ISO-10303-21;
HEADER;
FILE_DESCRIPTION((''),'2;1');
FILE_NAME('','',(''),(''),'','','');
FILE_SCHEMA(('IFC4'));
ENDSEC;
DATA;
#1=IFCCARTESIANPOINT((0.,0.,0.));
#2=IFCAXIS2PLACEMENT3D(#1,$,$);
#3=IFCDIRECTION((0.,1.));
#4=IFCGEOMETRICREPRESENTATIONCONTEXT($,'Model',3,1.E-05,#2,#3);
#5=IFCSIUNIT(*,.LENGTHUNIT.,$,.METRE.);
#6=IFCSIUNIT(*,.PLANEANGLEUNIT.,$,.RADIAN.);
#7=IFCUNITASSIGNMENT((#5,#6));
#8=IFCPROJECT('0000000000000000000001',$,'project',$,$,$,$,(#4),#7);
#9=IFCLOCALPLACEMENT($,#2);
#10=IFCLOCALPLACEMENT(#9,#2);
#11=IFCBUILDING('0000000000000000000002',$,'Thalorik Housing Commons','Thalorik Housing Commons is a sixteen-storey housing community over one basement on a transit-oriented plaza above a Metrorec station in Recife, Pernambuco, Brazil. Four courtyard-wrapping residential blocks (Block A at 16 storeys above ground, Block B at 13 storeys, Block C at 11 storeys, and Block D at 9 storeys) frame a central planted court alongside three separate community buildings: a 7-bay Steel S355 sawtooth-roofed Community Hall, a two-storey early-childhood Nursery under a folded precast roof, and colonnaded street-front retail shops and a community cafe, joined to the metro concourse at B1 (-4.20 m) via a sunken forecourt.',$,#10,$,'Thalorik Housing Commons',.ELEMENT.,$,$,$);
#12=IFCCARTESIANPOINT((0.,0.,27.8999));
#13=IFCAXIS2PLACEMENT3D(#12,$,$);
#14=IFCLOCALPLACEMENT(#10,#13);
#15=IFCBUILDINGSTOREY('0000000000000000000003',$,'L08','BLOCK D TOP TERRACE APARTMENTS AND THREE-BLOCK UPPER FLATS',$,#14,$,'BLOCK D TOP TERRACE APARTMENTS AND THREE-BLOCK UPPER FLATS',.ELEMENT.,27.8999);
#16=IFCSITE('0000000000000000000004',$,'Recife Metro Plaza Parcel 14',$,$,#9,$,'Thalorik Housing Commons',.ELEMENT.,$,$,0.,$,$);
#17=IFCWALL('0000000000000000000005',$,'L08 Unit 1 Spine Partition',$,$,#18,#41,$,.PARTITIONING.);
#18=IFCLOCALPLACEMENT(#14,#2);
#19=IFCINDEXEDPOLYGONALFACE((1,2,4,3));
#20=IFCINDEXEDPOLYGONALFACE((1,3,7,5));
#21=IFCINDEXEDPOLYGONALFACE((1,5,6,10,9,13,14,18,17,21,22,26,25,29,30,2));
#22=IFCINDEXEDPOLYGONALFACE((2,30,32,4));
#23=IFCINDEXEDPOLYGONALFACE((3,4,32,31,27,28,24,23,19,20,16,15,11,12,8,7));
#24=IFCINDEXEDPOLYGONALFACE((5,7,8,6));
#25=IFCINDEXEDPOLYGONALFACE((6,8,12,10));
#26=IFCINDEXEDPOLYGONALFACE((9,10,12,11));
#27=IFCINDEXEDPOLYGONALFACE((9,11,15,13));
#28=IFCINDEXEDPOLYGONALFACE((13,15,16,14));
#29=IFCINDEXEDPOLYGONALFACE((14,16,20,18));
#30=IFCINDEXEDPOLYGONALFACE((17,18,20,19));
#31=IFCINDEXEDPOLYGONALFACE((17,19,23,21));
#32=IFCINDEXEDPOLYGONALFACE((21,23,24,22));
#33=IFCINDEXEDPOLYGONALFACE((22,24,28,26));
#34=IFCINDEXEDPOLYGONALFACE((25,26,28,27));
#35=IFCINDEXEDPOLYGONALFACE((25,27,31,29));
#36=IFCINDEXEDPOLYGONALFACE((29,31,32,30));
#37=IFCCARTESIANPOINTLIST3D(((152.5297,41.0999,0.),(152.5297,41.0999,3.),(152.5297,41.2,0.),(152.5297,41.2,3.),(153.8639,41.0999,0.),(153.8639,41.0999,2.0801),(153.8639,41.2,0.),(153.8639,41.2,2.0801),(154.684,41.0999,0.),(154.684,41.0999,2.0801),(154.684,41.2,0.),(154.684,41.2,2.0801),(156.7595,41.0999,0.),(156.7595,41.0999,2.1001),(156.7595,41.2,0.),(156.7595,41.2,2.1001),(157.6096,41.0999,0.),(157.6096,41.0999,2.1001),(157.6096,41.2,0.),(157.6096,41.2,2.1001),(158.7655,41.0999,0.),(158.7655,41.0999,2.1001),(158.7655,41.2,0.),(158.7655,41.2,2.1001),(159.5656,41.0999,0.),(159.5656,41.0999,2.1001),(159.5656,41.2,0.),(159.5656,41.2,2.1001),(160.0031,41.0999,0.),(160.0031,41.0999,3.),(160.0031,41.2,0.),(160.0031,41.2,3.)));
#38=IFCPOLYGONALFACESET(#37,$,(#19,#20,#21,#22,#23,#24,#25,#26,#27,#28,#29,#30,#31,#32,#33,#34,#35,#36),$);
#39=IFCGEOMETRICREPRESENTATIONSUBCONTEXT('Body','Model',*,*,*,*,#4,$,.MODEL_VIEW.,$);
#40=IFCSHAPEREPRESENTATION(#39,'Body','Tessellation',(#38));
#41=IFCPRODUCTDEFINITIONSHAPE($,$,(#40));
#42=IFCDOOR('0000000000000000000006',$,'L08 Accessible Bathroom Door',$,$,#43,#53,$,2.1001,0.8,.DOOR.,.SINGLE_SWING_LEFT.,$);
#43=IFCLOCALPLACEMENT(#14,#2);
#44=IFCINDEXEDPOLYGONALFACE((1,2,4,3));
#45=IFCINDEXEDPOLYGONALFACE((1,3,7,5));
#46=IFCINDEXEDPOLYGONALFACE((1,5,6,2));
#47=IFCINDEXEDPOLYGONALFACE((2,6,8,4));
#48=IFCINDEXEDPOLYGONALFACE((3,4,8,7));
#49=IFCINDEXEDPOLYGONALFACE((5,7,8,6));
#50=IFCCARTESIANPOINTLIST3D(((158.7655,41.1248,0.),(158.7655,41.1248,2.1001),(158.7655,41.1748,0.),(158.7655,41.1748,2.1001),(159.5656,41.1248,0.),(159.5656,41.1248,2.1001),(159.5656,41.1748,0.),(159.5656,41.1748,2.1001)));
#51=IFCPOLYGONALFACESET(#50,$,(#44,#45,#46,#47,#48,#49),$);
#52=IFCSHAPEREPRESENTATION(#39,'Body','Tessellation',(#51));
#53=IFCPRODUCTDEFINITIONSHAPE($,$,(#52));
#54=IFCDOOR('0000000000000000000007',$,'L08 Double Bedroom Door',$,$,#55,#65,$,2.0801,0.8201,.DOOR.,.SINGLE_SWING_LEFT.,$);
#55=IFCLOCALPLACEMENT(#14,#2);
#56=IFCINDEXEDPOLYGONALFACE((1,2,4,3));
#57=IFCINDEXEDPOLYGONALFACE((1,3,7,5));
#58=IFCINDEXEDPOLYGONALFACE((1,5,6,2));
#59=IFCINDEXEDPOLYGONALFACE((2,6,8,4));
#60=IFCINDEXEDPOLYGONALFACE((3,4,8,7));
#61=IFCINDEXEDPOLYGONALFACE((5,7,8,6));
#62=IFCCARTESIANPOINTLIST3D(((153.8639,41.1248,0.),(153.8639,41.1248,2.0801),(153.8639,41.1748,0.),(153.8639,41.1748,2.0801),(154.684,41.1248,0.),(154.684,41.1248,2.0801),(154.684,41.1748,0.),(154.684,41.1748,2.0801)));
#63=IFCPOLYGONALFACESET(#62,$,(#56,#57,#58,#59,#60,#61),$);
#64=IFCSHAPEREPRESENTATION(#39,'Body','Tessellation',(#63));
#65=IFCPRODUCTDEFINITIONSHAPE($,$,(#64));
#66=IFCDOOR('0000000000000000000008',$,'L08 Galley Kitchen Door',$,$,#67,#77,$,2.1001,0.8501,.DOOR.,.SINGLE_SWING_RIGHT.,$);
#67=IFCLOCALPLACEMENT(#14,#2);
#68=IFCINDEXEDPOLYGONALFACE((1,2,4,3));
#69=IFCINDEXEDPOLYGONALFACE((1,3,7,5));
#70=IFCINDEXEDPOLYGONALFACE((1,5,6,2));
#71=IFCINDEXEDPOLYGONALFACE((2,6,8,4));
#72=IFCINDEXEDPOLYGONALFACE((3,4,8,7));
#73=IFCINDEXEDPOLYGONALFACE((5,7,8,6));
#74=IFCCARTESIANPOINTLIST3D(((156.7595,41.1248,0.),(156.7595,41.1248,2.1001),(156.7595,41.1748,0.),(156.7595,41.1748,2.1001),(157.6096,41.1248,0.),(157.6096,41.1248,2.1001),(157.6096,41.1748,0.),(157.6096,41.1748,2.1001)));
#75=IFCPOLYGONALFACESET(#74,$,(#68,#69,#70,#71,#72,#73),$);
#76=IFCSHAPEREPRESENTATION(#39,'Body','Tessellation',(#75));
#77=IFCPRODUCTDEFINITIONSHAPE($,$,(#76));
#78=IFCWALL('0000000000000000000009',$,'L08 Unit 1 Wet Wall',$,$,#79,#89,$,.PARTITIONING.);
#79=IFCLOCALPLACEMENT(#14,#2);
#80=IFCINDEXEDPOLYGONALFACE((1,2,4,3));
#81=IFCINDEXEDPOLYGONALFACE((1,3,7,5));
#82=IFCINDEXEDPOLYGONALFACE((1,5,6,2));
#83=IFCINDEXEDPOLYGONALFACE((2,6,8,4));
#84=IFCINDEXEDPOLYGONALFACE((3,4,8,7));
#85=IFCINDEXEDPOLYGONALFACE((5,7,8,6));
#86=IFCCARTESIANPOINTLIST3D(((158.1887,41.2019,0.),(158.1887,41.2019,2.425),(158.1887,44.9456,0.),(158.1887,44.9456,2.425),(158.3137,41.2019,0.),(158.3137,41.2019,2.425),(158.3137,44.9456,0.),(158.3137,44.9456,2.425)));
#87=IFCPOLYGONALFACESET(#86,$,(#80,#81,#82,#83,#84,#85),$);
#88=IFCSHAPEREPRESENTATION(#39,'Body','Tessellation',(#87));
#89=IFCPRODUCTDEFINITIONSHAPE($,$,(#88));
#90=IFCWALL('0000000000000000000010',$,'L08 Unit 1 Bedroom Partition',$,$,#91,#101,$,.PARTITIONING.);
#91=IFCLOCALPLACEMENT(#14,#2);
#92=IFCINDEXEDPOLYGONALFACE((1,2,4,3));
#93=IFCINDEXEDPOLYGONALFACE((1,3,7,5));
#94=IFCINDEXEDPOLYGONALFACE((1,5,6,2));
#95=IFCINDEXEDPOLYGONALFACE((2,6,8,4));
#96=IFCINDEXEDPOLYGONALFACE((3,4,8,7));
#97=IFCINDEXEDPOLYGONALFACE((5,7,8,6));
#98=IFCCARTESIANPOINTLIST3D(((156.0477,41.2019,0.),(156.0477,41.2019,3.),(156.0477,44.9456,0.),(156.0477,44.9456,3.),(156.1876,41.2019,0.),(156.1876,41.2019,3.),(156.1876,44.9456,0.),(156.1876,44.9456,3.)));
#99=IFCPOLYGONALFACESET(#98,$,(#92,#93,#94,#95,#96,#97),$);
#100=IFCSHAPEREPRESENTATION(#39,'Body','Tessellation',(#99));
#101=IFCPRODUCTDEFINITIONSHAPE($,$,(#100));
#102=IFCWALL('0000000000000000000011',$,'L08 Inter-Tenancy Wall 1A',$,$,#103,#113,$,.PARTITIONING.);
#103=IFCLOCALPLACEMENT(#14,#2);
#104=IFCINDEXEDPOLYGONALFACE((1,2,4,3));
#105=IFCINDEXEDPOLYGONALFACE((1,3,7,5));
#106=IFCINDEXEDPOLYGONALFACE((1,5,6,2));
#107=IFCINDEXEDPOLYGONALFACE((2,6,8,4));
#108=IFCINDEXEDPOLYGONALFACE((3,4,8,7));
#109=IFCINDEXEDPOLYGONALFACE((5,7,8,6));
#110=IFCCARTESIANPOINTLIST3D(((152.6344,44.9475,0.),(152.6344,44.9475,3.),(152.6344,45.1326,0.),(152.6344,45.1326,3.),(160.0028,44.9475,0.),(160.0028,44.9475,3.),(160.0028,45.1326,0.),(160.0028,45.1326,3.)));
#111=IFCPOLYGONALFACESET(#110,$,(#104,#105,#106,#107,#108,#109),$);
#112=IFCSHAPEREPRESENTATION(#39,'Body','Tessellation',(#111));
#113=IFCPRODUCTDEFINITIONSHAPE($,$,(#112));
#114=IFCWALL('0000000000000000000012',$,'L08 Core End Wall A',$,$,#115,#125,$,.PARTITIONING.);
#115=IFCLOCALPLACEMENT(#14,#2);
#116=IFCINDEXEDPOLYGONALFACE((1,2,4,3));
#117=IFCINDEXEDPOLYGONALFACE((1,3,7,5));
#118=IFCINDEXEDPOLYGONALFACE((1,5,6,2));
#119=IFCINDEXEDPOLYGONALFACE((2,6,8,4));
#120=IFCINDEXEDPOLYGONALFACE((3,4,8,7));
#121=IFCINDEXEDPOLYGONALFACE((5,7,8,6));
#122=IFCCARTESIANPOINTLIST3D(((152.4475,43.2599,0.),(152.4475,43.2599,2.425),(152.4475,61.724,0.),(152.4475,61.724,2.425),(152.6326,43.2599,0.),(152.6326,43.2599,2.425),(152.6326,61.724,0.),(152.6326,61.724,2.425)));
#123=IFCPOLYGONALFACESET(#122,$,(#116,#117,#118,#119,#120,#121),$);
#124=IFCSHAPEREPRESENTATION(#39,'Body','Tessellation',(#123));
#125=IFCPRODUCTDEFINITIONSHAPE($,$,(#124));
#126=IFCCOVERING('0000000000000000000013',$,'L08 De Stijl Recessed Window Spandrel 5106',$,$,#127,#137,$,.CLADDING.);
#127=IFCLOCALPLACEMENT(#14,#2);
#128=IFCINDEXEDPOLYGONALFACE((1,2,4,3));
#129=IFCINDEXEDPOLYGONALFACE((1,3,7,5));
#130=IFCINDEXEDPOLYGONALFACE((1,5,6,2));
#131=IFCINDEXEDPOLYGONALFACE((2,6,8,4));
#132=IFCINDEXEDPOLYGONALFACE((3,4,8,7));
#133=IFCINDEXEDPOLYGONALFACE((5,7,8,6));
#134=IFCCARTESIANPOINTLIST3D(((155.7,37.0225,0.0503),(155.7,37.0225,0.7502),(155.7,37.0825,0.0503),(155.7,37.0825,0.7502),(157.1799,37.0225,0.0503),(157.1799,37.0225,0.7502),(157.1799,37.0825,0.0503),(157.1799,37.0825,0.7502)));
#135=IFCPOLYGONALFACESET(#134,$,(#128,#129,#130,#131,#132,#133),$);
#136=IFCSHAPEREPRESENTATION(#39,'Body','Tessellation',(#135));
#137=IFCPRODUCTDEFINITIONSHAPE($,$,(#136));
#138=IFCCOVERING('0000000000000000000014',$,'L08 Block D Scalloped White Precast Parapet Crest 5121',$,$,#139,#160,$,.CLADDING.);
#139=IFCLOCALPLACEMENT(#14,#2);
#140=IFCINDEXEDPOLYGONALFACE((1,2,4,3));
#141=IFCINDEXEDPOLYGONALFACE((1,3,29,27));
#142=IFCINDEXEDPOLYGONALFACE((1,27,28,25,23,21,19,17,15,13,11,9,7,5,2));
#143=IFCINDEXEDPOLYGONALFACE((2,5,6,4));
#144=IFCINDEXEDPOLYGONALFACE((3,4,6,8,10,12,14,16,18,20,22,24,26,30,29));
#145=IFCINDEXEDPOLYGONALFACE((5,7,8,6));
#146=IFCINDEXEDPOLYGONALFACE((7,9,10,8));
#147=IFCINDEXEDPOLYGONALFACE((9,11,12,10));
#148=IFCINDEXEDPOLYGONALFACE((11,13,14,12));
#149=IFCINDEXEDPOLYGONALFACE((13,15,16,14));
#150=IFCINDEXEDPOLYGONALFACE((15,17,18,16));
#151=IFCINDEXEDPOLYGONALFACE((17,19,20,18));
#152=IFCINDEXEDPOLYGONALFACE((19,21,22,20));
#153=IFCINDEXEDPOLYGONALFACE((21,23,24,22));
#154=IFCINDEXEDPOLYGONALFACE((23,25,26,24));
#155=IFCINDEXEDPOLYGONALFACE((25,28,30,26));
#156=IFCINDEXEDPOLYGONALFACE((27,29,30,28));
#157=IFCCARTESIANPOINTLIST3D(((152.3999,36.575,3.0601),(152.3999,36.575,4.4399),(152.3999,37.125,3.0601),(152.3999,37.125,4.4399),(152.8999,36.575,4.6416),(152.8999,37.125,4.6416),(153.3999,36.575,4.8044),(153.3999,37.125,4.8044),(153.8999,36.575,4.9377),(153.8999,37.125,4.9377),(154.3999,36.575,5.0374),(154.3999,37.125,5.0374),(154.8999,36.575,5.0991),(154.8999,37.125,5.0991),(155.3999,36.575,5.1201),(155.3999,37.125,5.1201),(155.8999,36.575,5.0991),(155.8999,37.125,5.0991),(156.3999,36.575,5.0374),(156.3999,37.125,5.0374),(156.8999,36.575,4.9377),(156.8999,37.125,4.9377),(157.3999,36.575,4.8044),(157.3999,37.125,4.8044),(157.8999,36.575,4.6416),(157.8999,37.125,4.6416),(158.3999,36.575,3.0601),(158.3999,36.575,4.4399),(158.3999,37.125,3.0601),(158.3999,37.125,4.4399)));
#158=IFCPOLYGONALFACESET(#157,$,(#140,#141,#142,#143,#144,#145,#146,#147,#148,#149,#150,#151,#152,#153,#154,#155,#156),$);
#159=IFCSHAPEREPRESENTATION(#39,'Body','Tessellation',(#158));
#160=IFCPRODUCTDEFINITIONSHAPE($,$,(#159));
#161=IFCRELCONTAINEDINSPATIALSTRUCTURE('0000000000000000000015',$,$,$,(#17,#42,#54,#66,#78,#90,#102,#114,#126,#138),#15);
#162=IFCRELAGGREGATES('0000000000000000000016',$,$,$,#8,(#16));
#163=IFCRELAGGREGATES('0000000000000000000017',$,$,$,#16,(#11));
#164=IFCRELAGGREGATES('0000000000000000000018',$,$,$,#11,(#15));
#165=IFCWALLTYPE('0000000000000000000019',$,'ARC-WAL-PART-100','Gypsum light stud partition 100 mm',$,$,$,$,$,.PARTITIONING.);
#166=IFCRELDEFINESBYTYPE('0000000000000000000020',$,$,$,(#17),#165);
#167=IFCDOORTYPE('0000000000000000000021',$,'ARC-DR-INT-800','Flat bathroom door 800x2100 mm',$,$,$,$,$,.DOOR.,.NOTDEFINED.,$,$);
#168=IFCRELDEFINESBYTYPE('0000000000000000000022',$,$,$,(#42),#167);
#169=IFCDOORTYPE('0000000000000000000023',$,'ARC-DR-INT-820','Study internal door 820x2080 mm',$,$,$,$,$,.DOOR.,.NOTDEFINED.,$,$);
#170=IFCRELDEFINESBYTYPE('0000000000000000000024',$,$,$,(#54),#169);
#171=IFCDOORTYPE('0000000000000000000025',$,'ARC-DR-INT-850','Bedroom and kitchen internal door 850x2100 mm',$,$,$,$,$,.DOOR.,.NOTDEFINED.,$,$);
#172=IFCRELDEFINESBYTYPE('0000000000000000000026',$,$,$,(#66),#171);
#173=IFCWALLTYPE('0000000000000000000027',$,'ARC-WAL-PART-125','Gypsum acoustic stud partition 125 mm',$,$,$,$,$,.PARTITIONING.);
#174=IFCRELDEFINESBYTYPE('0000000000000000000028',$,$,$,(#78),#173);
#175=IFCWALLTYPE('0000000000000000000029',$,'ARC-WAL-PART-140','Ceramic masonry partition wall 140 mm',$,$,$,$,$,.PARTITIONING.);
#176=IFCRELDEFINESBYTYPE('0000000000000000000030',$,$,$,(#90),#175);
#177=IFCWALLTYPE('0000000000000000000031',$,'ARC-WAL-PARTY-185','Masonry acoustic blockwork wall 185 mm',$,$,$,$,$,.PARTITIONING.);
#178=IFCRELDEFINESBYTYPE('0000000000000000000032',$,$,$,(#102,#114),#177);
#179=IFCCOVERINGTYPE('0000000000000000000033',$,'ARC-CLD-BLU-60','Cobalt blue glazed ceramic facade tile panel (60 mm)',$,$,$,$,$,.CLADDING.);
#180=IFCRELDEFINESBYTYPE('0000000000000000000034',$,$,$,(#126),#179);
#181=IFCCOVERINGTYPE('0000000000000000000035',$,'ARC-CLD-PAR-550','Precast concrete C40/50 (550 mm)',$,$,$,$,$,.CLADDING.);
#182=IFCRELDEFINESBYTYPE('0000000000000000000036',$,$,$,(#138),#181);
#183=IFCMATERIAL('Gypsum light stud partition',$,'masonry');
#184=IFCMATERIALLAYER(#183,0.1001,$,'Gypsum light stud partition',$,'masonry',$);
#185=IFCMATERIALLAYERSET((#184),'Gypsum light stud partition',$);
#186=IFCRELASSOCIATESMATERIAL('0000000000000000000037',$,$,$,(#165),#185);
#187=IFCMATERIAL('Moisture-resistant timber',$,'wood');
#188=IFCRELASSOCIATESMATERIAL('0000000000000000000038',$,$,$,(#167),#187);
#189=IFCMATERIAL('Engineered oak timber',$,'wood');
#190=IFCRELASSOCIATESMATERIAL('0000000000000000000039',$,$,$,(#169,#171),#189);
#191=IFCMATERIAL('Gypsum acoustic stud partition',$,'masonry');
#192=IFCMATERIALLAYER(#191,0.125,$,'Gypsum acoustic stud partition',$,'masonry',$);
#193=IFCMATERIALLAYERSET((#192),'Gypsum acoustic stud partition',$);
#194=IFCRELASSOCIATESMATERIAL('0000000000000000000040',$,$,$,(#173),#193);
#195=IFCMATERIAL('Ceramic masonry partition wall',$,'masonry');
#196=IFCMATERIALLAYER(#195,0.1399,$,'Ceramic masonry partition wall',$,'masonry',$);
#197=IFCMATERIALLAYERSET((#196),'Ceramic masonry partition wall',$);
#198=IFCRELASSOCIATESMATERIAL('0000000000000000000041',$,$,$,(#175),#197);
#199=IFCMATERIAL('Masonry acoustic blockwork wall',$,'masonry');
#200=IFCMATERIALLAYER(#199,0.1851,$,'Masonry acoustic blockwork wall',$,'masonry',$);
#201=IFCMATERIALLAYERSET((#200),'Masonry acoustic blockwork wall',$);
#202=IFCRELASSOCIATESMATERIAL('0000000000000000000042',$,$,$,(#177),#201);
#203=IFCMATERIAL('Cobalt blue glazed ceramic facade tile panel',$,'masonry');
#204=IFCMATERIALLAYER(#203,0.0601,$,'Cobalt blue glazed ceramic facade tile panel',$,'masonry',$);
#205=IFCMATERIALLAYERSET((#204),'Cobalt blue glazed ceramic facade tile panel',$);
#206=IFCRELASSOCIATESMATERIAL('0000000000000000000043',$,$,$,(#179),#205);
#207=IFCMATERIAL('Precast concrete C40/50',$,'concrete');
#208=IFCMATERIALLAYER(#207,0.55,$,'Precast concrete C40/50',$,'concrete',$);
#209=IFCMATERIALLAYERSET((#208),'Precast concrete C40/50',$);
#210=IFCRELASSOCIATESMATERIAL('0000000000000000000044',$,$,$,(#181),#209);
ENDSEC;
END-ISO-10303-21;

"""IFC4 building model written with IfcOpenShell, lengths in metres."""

from ifc_helpers import new_model, si_unit, direction, frame, frame_2d, origin, origin_2d, place, context, subcontext, project, spatial, polyline, rectangle, outline, extrude, material, layer, layer_set, type_object, element, fill, save


model = new_model("IFC4")

# Units and contexts
model_context = context("Model", 3, precision=1e-05, world=origin(), true_north=direction((0.0, 1.0)))
body_context = subcontext(model_context, "Body", "Model", "MODEL_VIEW")
ifc_project = project(units=[si_unit("LENGTHUNIT", "METRE"), si_unit("PLANEANGLEUNIT", "RADIAN")], contexts=[model_context])

# Site, building, storey
site_placement = place(None, origin())
site = spatial("IfcSite", under=ifc_project, at=site_placement, Name="Recife Metro Plaza Parcel 14", LongName="Thalorik Housing Commons", CompositionType="ELEMENT", RefElevation=0.0)
building_placement = place(site_placement, origin())
building = spatial("IfcBuilding", under=site, at=building_placement, Name="Thalorik Housing Commons", Description="Thalorik Housing Commons is a sixteen-storey housing community over one basement on a transit-oriented plaza above a Metrorec station in Recife, Pernambuco, Brazil. Four courtyard-wrapping residential blocks (Block A at 16 storeys above ground, Block B at 13 storeys, Block C at 11 storeys, and Block D at 9 storeys) frame a central planted court alongside three separate community buildings: a 7-bay Steel S355 sawtooth-roofed Community Hall, a two-storey early-childhood Nursery under a folded precast roof, and colonnaded street-front retail shops and a community cafe, joined to the metro concourse at B1 (-4.20 m) via a sunken forecourt.", LongName="Thalorik Housing Commons", CompositionType="ELEMENT")
storey_placement = place(building_placement, frame((0.0, 0.0, 27.8999)))
storey = spatial("IfcBuildingStorey", under=building, at=storey_placement, Name="L08", Description="BLOCK D TOP TERRACE APARTMENTS AND THREE-BLOCK UPPER FLATS", LongName="BLOCK D TOP TERRACE APARTMENTS AND THREE-BLOCK UPPER FLATS", CompositionType="ELEMENT", Elevation=27.8999)

# Shared definitions
ifc_material_1 = material(Name="Precast concrete C40/50", Category="concrete")

# Wall, openings, doors
ifc_material_2 = material(Name="Gypsum light stud partition", Category="masonry")
ifc_layer_1 = layer(ifc_material_2, 0.1001, Name="Gypsum light stud partition", Category="masonry")
ifc_layer_set_1 = layer_set([ifc_layer_1], Name="Gypsum light stud partition")
wall_type_1 = type_object("IfcWallType", Name="ARC-WAL-PART-100", Description="Gypsum light stud partition 100 mm", PredefinedType="PARTITIONING", material=ifc_layer_set_1)
wall_1_placement = place(storey_placement, frame((152.5295, 41.1499, 0.0), z_axis=(0.0, 0.0, 1.0), x_axis=(1.0, 0.0, 0.0)))
wall_1 = element("IfcWall", 1, at=wall_1_placement, inside=storey, type_object=wall_type_1, Name="L08 Unit 1 Spine Partition", PredefinedType="PARTITIONING", context=body_context, shape_type="SweptSolid", body=[
    extrude(rectangle(XDim=7.4734, YDim=0.1001, at=frame_2d((3.7368, 0.0))), origin(), (0.0, 0.0, 1.0), 3.0),
])
opening_1_placement = place(wall_1_placement, frame((1.3342, 0.0, 0.0)))
opening_1 = element("IfcOpeningElement", 2, at=opening_1_placement, cuts=wall_1, PredefinedType="OPENING", context=body_context, shape_type="SweptSolid", body=[
    extrude(rectangle(XDim=0.8201, YDim=2.0801, at=frame_2d((0.4102, 1.04))), frame((0.0, 0.0601, 0.0), z_axis=(0.0, -1.0, 0.0), x_axis=(1.0, 0.0, 0.0)), (0.0, 0.0, 1.0), 0.1201),
])
opening_2_placement = place(wall_1_placement, frame((4.23, 0.0, 0.0)))
opening_2 = element("IfcOpeningElement", 3, at=opening_2_placement, cuts=wall_1, PredefinedType="OPENING", context=body_context, shape_type="SweptSolid", body=[
    extrude(rectangle(XDim=0.8501, YDim=2.1001, at=frame_2d((0.425, 1.05))), frame((0.0, 0.0601, 0.0), z_axis=(0.0, -1.0, 0.0), x_axis=(1.0, 0.0, 0.0)), (0.0, 0.0, 1.0), 0.1201),
])
opening_3_placement = place(wall_1_placement, frame((6.2361, 0.0, 0.0)))
opening_3 = element("IfcOpeningElement", 4, at=opening_3_placement, cuts=wall_1, PredefinedType="OPENING", context=body_context, shape_type="SweptSolid", body=[
    extrude(rectangle(XDim=0.8, YDim=2.1001, at=frame_2d((0.3999, 1.05))), frame((0.0, 0.0601, 0.0), z_axis=(0.0, -1.0, 0.0), x_axis=(1.0, 0.0, 0.0)), (0.0, 0.0, 1.0), 0.1201),
])
ifc_material_3 = material(Name="Moisture-resistant timber", Category="wood")
door_type_1 = type_object("IfcDoorType", Name="ARC-DR-INT-800", Description="Flat bathroom door 800x2100 mm", OperationType="NOTDEFINED", PredefinedType="DOOR", material=ifc_material_3)
door_1_placement = place(opening_3_placement, origin())
door_1 = element("IfcDoor", 5, at=door_1_placement, inside=storey, type_object=door_type_1, Name="L08 Accessible Bathroom Door", OperationType="SINGLE_SWING_LEFT", OverallHeight=2.1001, OverallWidth=0.8, PredefinedType="DOOR", context=body_context, shape_type="SweptSolid", body=[
    extrude(rectangle(XDim=0.8, YDim=2.1001, at=frame_2d((0.3999, 1.05))), frame((0.0, 0.0249, 0.0), z_axis=(0.0, -1.0, 0.0), x_axis=(1.0, 0.0, 0.0)), (0.0, 0.0, 1.0), 0.05),
])
fill(opening_3, door_1)
ifc_material_4 = material(Name="Engineered oak timber", Category="wood")
door_type_2 = type_object("IfcDoorType", Name="ARC-DR-INT-820", Description="Study internal door 820x2080 mm", OperationType="NOTDEFINED", PredefinedType="DOOR", material=ifc_material_4)
door_2_placement = place(opening_1_placement, origin())
door_2 = element("IfcDoor", 6, at=door_2_placement, inside=storey, type_object=door_type_2, Name="L08 Double Bedroom Door", OperationType="SINGLE_SWING_LEFT", OverallHeight=2.0801, OverallWidth=0.8201, PredefinedType="DOOR", context=body_context, shape_type="SweptSolid", body=[
    extrude(rectangle(XDim=0.8201, YDim=2.0801, at=frame_2d((0.4102, 1.04))), frame((0.0, 0.0249, 0.0), z_axis=(0.0, -1.0, 0.0), x_axis=(1.0, 0.0, 0.0)), (0.0, 0.0, 1.0), 0.05),
])
fill(opening_1, door_2)
door_type_3 = type_object("IfcDoorType", Name="ARC-DR-INT-850", Description="Bedroom and kitchen internal door 850x2100 mm", OperationType="NOTDEFINED", PredefinedType="DOOR", material=ifc_material_4)
door_3_placement = place(opening_2_placement, origin())
door_3 = element("IfcDoor", 7, at=door_3_placement, inside=storey, type_object=door_type_3, Name="L08 Galley Kitchen Door", OperationType="SINGLE_SWING_RIGHT", OverallHeight=2.1001, OverallWidth=0.8501, PredefinedType="DOOR", context=body_context, shape_type="SweptSolid", body=[
    extrude(rectangle(XDim=0.8501, YDim=2.1001, at=frame_2d((0.425, 1.05))), frame((0.0, 0.0249, 0.0), z_axis=(0.0, -1.0, 0.0), x_axis=(1.0, 0.0, 0.0)), (0.0, 0.0, 1.0), 0.05),
])
fill(opening_2, door_3)

# Walls
ifc_material_5 = material(Name="Gypsum acoustic stud partition", Category="masonry")
ifc_layer_2 = layer(ifc_material_5, 0.125, Name="Gypsum acoustic stud partition", Category="masonry")
ifc_layer_set_2 = layer_set([ifc_layer_2], Name="Gypsum acoustic stud partition")
wall_type_2 = type_object("IfcWallType", Name="ARC-WAL-PART-125", Description="Gypsum acoustic stud partition 125 mm", PredefinedType="PARTITIONING", material=ifc_layer_set_2)
wall_2_placement = place(storey_placement, frame((158.2512, 41.2019, 0.0), z_axis=(0.0, 0.0, 1.0), x_axis=(0.0, 1.0, 0.0)))
element("IfcWall", 8, at=wall_2_placement, inside=storey, type_object=wall_type_2, Name="L08 Unit 1 Wet Wall", PredefinedType="PARTITIONING", context=body_context, shape_type="SweptSolid", body=[
    extrude(rectangle(XDim=3.7437, YDim=0.125, at=frame_2d((1.8718, 0.0))), origin(), (0.0, 0.0, 1.0), 2.425),
])
ifc_material_6 = material(Name="Ceramic masonry partition wall", Category="masonry")
ifc_layer_3 = layer(ifc_material_6, 0.1399, Name="Ceramic masonry partition wall", Category="masonry")
ifc_layer_set_3 = layer_set([ifc_layer_3], Name="Ceramic masonry partition wall")
wall_type_3 = type_object("IfcWallType", Name="ARC-WAL-PART-140", Description="Ceramic masonry partition wall 140 mm", PredefinedType="PARTITIONING", material=ifc_layer_set_3)
wall_3_placement = place(storey_placement, frame((156.1177, 41.2019, 0.0), z_axis=(0.0, 0.0, 1.0), x_axis=(0.0, 1.0, 0.0)))
element("IfcWall", 9, at=wall_3_placement, inside=storey, type_object=wall_type_3, Name="L08 Unit 1 Bedroom Partition", PredefinedType="PARTITIONING", context=body_context, shape_type="SweptSolid", body=[
    extrude(rectangle(XDim=3.7437, YDim=0.1399, at=frame_2d((1.8718, 0.0))), origin(), (0.0, 0.0, 1.0), 3.0),
])
ifc_material_7 = material(Name="Masonry acoustic blockwork wall", Category="masonry")
ifc_layer_4 = layer(ifc_material_7, 0.1851, Name="Masonry acoustic blockwork wall", Category="masonry")
ifc_layer_set_4 = layer_set([ifc_layer_4], Name="Masonry acoustic blockwork wall")
wall_type_4 = type_object("IfcWallType", Name="ARC-WAL-PARTY-185", Description="Masonry acoustic blockwork wall 185 mm", PredefinedType="PARTITIONING", material=ifc_layer_set_4)
wall_4_placement = place(storey_placement, frame((152.6345, 45.04, 0.0), z_axis=(0.0, 0.0, 1.0), x_axis=(1.0, 0.0, 0.0)))
element("IfcWall", 10, at=wall_4_placement, inside=storey, type_object=wall_type_4, Name="L08 Inter-Tenancy Wall 1A", PredefinedType="PARTITIONING", context=body_context, shape_type="SweptSolid", body=[
    extrude(rectangle(XDim=7.3684, YDim=0.1851, at=frame_2d((3.6841, 0.0))), origin(), (0.0, 0.0, 1.0), 3.0),
])
wall_5_placement = place(storey_placement, frame((152.54, 43.26, 0.0), z_axis=(0.0, 0.0, 1.0), x_axis=(0.0, 1.0, 0.0)))
element("IfcWall", 11, at=wall_5_placement, inside=storey, type_object=wall_type_4, Name="L08 Core End Wall A", PredefinedType="PARTITIONING", context=body_context, shape_type="SweptSolid", body=[
    extrude(rectangle(XDim=18.4641, YDim=0.1851, at=frame_2d((9.2319, 0.0))), origin(), (0.0, 0.0, 1.0), 2.425),
])

# Coverings
ifc_material_8 = material(Name="Cobalt blue glazed ceramic facade tile panel", Category="masonry")
ifc_layer_5 = layer(ifc_material_8, 0.0601, Name="Cobalt blue glazed ceramic facade tile panel", Category="masonry")
ifc_layer_set_5 = layer_set([ifc_layer_5], Name="Cobalt blue glazed ceramic facade tile panel")
covering_type_1 = type_object("IfcCoveringType", Name="ARC-CLD-BLU-60", Description="Cobalt blue glazed ceramic facade tile panel (60 mm)", PredefinedType="CLADDING", material=ifc_layer_set_5)
covering_1_placement = place(storey_placement, frame((156.4399, 37.0525, 0.0503), z_axis=(0.0, 0.0, 1.0), x_axis=(1.0, 0.0, 0.0)))
element("IfcCovering", 12, at=covering_1_placement, inside=storey, type_object=covering_type_1, Name="L08 De Stijl Recessed Window Spandrel 5106", PredefinedType="CLADDING", context=body_context, shape_type="SweptSolid", body=[
    extrude(rectangle(XDim=1.48, YDim=0.0601, at=origin_2d()), origin(), (0.0, 0.0, 1.0), 0.7),
])
ifc_layer_6 = layer(ifc_material_1, 0.55, Name="Precast concrete C40/50", Category="concrete")
ifc_layer_set_6 = layer_set([ifc_layer_6], Name="Precast concrete C40/50")
covering_type_2 = type_object("IfcCoveringType", Name="ARC-CLD-PAR-550", Description="Precast concrete C40/50 (550 mm)", PredefinedType="CLADDING", material=ifc_layer_set_6)
covering_2_placement = place(storey_placement, frame((155.3999, 36.8501, 3.0601), z_axis=(0.0, 0.0, 1.0), x_axis=(1.0, 0.0, 0.0)))
element("IfcCovering", 13, at=covering_2_placement, inside=storey, type_object=covering_type_2, Name="L08 Block D Scalloped White Precast Parapet Crest 5121", PredefinedType="CLADDING", context=body_context, shape_type="SweptSolid", body=[
    extrude(outline(polyline([(-3.0, 0.0), (3.0, 0.0), (3.0, 1.3799), (2.5, 1.5815), (2.0, 1.7444), (1.5, 1.8777), (1.0, 1.9773), (0.5, 2.0391), (0.0, 2.0601), (-0.5, 2.0391), (-1.0, 1.9773), (-1.5, 1.8777), (-2.0, 1.7444), (-2.5, 1.5815), (-3.0, 1.3799), (-3.0, 0.0)])), frame((0.0, 0.2749, 0.0), z_axis=(0.0, -1.0, 0.0), x_axis=(1.0, 0.0, 0.0)), (0.0, 0.0, 1.0), 0.55),
])

save(model, "model.ifc")
